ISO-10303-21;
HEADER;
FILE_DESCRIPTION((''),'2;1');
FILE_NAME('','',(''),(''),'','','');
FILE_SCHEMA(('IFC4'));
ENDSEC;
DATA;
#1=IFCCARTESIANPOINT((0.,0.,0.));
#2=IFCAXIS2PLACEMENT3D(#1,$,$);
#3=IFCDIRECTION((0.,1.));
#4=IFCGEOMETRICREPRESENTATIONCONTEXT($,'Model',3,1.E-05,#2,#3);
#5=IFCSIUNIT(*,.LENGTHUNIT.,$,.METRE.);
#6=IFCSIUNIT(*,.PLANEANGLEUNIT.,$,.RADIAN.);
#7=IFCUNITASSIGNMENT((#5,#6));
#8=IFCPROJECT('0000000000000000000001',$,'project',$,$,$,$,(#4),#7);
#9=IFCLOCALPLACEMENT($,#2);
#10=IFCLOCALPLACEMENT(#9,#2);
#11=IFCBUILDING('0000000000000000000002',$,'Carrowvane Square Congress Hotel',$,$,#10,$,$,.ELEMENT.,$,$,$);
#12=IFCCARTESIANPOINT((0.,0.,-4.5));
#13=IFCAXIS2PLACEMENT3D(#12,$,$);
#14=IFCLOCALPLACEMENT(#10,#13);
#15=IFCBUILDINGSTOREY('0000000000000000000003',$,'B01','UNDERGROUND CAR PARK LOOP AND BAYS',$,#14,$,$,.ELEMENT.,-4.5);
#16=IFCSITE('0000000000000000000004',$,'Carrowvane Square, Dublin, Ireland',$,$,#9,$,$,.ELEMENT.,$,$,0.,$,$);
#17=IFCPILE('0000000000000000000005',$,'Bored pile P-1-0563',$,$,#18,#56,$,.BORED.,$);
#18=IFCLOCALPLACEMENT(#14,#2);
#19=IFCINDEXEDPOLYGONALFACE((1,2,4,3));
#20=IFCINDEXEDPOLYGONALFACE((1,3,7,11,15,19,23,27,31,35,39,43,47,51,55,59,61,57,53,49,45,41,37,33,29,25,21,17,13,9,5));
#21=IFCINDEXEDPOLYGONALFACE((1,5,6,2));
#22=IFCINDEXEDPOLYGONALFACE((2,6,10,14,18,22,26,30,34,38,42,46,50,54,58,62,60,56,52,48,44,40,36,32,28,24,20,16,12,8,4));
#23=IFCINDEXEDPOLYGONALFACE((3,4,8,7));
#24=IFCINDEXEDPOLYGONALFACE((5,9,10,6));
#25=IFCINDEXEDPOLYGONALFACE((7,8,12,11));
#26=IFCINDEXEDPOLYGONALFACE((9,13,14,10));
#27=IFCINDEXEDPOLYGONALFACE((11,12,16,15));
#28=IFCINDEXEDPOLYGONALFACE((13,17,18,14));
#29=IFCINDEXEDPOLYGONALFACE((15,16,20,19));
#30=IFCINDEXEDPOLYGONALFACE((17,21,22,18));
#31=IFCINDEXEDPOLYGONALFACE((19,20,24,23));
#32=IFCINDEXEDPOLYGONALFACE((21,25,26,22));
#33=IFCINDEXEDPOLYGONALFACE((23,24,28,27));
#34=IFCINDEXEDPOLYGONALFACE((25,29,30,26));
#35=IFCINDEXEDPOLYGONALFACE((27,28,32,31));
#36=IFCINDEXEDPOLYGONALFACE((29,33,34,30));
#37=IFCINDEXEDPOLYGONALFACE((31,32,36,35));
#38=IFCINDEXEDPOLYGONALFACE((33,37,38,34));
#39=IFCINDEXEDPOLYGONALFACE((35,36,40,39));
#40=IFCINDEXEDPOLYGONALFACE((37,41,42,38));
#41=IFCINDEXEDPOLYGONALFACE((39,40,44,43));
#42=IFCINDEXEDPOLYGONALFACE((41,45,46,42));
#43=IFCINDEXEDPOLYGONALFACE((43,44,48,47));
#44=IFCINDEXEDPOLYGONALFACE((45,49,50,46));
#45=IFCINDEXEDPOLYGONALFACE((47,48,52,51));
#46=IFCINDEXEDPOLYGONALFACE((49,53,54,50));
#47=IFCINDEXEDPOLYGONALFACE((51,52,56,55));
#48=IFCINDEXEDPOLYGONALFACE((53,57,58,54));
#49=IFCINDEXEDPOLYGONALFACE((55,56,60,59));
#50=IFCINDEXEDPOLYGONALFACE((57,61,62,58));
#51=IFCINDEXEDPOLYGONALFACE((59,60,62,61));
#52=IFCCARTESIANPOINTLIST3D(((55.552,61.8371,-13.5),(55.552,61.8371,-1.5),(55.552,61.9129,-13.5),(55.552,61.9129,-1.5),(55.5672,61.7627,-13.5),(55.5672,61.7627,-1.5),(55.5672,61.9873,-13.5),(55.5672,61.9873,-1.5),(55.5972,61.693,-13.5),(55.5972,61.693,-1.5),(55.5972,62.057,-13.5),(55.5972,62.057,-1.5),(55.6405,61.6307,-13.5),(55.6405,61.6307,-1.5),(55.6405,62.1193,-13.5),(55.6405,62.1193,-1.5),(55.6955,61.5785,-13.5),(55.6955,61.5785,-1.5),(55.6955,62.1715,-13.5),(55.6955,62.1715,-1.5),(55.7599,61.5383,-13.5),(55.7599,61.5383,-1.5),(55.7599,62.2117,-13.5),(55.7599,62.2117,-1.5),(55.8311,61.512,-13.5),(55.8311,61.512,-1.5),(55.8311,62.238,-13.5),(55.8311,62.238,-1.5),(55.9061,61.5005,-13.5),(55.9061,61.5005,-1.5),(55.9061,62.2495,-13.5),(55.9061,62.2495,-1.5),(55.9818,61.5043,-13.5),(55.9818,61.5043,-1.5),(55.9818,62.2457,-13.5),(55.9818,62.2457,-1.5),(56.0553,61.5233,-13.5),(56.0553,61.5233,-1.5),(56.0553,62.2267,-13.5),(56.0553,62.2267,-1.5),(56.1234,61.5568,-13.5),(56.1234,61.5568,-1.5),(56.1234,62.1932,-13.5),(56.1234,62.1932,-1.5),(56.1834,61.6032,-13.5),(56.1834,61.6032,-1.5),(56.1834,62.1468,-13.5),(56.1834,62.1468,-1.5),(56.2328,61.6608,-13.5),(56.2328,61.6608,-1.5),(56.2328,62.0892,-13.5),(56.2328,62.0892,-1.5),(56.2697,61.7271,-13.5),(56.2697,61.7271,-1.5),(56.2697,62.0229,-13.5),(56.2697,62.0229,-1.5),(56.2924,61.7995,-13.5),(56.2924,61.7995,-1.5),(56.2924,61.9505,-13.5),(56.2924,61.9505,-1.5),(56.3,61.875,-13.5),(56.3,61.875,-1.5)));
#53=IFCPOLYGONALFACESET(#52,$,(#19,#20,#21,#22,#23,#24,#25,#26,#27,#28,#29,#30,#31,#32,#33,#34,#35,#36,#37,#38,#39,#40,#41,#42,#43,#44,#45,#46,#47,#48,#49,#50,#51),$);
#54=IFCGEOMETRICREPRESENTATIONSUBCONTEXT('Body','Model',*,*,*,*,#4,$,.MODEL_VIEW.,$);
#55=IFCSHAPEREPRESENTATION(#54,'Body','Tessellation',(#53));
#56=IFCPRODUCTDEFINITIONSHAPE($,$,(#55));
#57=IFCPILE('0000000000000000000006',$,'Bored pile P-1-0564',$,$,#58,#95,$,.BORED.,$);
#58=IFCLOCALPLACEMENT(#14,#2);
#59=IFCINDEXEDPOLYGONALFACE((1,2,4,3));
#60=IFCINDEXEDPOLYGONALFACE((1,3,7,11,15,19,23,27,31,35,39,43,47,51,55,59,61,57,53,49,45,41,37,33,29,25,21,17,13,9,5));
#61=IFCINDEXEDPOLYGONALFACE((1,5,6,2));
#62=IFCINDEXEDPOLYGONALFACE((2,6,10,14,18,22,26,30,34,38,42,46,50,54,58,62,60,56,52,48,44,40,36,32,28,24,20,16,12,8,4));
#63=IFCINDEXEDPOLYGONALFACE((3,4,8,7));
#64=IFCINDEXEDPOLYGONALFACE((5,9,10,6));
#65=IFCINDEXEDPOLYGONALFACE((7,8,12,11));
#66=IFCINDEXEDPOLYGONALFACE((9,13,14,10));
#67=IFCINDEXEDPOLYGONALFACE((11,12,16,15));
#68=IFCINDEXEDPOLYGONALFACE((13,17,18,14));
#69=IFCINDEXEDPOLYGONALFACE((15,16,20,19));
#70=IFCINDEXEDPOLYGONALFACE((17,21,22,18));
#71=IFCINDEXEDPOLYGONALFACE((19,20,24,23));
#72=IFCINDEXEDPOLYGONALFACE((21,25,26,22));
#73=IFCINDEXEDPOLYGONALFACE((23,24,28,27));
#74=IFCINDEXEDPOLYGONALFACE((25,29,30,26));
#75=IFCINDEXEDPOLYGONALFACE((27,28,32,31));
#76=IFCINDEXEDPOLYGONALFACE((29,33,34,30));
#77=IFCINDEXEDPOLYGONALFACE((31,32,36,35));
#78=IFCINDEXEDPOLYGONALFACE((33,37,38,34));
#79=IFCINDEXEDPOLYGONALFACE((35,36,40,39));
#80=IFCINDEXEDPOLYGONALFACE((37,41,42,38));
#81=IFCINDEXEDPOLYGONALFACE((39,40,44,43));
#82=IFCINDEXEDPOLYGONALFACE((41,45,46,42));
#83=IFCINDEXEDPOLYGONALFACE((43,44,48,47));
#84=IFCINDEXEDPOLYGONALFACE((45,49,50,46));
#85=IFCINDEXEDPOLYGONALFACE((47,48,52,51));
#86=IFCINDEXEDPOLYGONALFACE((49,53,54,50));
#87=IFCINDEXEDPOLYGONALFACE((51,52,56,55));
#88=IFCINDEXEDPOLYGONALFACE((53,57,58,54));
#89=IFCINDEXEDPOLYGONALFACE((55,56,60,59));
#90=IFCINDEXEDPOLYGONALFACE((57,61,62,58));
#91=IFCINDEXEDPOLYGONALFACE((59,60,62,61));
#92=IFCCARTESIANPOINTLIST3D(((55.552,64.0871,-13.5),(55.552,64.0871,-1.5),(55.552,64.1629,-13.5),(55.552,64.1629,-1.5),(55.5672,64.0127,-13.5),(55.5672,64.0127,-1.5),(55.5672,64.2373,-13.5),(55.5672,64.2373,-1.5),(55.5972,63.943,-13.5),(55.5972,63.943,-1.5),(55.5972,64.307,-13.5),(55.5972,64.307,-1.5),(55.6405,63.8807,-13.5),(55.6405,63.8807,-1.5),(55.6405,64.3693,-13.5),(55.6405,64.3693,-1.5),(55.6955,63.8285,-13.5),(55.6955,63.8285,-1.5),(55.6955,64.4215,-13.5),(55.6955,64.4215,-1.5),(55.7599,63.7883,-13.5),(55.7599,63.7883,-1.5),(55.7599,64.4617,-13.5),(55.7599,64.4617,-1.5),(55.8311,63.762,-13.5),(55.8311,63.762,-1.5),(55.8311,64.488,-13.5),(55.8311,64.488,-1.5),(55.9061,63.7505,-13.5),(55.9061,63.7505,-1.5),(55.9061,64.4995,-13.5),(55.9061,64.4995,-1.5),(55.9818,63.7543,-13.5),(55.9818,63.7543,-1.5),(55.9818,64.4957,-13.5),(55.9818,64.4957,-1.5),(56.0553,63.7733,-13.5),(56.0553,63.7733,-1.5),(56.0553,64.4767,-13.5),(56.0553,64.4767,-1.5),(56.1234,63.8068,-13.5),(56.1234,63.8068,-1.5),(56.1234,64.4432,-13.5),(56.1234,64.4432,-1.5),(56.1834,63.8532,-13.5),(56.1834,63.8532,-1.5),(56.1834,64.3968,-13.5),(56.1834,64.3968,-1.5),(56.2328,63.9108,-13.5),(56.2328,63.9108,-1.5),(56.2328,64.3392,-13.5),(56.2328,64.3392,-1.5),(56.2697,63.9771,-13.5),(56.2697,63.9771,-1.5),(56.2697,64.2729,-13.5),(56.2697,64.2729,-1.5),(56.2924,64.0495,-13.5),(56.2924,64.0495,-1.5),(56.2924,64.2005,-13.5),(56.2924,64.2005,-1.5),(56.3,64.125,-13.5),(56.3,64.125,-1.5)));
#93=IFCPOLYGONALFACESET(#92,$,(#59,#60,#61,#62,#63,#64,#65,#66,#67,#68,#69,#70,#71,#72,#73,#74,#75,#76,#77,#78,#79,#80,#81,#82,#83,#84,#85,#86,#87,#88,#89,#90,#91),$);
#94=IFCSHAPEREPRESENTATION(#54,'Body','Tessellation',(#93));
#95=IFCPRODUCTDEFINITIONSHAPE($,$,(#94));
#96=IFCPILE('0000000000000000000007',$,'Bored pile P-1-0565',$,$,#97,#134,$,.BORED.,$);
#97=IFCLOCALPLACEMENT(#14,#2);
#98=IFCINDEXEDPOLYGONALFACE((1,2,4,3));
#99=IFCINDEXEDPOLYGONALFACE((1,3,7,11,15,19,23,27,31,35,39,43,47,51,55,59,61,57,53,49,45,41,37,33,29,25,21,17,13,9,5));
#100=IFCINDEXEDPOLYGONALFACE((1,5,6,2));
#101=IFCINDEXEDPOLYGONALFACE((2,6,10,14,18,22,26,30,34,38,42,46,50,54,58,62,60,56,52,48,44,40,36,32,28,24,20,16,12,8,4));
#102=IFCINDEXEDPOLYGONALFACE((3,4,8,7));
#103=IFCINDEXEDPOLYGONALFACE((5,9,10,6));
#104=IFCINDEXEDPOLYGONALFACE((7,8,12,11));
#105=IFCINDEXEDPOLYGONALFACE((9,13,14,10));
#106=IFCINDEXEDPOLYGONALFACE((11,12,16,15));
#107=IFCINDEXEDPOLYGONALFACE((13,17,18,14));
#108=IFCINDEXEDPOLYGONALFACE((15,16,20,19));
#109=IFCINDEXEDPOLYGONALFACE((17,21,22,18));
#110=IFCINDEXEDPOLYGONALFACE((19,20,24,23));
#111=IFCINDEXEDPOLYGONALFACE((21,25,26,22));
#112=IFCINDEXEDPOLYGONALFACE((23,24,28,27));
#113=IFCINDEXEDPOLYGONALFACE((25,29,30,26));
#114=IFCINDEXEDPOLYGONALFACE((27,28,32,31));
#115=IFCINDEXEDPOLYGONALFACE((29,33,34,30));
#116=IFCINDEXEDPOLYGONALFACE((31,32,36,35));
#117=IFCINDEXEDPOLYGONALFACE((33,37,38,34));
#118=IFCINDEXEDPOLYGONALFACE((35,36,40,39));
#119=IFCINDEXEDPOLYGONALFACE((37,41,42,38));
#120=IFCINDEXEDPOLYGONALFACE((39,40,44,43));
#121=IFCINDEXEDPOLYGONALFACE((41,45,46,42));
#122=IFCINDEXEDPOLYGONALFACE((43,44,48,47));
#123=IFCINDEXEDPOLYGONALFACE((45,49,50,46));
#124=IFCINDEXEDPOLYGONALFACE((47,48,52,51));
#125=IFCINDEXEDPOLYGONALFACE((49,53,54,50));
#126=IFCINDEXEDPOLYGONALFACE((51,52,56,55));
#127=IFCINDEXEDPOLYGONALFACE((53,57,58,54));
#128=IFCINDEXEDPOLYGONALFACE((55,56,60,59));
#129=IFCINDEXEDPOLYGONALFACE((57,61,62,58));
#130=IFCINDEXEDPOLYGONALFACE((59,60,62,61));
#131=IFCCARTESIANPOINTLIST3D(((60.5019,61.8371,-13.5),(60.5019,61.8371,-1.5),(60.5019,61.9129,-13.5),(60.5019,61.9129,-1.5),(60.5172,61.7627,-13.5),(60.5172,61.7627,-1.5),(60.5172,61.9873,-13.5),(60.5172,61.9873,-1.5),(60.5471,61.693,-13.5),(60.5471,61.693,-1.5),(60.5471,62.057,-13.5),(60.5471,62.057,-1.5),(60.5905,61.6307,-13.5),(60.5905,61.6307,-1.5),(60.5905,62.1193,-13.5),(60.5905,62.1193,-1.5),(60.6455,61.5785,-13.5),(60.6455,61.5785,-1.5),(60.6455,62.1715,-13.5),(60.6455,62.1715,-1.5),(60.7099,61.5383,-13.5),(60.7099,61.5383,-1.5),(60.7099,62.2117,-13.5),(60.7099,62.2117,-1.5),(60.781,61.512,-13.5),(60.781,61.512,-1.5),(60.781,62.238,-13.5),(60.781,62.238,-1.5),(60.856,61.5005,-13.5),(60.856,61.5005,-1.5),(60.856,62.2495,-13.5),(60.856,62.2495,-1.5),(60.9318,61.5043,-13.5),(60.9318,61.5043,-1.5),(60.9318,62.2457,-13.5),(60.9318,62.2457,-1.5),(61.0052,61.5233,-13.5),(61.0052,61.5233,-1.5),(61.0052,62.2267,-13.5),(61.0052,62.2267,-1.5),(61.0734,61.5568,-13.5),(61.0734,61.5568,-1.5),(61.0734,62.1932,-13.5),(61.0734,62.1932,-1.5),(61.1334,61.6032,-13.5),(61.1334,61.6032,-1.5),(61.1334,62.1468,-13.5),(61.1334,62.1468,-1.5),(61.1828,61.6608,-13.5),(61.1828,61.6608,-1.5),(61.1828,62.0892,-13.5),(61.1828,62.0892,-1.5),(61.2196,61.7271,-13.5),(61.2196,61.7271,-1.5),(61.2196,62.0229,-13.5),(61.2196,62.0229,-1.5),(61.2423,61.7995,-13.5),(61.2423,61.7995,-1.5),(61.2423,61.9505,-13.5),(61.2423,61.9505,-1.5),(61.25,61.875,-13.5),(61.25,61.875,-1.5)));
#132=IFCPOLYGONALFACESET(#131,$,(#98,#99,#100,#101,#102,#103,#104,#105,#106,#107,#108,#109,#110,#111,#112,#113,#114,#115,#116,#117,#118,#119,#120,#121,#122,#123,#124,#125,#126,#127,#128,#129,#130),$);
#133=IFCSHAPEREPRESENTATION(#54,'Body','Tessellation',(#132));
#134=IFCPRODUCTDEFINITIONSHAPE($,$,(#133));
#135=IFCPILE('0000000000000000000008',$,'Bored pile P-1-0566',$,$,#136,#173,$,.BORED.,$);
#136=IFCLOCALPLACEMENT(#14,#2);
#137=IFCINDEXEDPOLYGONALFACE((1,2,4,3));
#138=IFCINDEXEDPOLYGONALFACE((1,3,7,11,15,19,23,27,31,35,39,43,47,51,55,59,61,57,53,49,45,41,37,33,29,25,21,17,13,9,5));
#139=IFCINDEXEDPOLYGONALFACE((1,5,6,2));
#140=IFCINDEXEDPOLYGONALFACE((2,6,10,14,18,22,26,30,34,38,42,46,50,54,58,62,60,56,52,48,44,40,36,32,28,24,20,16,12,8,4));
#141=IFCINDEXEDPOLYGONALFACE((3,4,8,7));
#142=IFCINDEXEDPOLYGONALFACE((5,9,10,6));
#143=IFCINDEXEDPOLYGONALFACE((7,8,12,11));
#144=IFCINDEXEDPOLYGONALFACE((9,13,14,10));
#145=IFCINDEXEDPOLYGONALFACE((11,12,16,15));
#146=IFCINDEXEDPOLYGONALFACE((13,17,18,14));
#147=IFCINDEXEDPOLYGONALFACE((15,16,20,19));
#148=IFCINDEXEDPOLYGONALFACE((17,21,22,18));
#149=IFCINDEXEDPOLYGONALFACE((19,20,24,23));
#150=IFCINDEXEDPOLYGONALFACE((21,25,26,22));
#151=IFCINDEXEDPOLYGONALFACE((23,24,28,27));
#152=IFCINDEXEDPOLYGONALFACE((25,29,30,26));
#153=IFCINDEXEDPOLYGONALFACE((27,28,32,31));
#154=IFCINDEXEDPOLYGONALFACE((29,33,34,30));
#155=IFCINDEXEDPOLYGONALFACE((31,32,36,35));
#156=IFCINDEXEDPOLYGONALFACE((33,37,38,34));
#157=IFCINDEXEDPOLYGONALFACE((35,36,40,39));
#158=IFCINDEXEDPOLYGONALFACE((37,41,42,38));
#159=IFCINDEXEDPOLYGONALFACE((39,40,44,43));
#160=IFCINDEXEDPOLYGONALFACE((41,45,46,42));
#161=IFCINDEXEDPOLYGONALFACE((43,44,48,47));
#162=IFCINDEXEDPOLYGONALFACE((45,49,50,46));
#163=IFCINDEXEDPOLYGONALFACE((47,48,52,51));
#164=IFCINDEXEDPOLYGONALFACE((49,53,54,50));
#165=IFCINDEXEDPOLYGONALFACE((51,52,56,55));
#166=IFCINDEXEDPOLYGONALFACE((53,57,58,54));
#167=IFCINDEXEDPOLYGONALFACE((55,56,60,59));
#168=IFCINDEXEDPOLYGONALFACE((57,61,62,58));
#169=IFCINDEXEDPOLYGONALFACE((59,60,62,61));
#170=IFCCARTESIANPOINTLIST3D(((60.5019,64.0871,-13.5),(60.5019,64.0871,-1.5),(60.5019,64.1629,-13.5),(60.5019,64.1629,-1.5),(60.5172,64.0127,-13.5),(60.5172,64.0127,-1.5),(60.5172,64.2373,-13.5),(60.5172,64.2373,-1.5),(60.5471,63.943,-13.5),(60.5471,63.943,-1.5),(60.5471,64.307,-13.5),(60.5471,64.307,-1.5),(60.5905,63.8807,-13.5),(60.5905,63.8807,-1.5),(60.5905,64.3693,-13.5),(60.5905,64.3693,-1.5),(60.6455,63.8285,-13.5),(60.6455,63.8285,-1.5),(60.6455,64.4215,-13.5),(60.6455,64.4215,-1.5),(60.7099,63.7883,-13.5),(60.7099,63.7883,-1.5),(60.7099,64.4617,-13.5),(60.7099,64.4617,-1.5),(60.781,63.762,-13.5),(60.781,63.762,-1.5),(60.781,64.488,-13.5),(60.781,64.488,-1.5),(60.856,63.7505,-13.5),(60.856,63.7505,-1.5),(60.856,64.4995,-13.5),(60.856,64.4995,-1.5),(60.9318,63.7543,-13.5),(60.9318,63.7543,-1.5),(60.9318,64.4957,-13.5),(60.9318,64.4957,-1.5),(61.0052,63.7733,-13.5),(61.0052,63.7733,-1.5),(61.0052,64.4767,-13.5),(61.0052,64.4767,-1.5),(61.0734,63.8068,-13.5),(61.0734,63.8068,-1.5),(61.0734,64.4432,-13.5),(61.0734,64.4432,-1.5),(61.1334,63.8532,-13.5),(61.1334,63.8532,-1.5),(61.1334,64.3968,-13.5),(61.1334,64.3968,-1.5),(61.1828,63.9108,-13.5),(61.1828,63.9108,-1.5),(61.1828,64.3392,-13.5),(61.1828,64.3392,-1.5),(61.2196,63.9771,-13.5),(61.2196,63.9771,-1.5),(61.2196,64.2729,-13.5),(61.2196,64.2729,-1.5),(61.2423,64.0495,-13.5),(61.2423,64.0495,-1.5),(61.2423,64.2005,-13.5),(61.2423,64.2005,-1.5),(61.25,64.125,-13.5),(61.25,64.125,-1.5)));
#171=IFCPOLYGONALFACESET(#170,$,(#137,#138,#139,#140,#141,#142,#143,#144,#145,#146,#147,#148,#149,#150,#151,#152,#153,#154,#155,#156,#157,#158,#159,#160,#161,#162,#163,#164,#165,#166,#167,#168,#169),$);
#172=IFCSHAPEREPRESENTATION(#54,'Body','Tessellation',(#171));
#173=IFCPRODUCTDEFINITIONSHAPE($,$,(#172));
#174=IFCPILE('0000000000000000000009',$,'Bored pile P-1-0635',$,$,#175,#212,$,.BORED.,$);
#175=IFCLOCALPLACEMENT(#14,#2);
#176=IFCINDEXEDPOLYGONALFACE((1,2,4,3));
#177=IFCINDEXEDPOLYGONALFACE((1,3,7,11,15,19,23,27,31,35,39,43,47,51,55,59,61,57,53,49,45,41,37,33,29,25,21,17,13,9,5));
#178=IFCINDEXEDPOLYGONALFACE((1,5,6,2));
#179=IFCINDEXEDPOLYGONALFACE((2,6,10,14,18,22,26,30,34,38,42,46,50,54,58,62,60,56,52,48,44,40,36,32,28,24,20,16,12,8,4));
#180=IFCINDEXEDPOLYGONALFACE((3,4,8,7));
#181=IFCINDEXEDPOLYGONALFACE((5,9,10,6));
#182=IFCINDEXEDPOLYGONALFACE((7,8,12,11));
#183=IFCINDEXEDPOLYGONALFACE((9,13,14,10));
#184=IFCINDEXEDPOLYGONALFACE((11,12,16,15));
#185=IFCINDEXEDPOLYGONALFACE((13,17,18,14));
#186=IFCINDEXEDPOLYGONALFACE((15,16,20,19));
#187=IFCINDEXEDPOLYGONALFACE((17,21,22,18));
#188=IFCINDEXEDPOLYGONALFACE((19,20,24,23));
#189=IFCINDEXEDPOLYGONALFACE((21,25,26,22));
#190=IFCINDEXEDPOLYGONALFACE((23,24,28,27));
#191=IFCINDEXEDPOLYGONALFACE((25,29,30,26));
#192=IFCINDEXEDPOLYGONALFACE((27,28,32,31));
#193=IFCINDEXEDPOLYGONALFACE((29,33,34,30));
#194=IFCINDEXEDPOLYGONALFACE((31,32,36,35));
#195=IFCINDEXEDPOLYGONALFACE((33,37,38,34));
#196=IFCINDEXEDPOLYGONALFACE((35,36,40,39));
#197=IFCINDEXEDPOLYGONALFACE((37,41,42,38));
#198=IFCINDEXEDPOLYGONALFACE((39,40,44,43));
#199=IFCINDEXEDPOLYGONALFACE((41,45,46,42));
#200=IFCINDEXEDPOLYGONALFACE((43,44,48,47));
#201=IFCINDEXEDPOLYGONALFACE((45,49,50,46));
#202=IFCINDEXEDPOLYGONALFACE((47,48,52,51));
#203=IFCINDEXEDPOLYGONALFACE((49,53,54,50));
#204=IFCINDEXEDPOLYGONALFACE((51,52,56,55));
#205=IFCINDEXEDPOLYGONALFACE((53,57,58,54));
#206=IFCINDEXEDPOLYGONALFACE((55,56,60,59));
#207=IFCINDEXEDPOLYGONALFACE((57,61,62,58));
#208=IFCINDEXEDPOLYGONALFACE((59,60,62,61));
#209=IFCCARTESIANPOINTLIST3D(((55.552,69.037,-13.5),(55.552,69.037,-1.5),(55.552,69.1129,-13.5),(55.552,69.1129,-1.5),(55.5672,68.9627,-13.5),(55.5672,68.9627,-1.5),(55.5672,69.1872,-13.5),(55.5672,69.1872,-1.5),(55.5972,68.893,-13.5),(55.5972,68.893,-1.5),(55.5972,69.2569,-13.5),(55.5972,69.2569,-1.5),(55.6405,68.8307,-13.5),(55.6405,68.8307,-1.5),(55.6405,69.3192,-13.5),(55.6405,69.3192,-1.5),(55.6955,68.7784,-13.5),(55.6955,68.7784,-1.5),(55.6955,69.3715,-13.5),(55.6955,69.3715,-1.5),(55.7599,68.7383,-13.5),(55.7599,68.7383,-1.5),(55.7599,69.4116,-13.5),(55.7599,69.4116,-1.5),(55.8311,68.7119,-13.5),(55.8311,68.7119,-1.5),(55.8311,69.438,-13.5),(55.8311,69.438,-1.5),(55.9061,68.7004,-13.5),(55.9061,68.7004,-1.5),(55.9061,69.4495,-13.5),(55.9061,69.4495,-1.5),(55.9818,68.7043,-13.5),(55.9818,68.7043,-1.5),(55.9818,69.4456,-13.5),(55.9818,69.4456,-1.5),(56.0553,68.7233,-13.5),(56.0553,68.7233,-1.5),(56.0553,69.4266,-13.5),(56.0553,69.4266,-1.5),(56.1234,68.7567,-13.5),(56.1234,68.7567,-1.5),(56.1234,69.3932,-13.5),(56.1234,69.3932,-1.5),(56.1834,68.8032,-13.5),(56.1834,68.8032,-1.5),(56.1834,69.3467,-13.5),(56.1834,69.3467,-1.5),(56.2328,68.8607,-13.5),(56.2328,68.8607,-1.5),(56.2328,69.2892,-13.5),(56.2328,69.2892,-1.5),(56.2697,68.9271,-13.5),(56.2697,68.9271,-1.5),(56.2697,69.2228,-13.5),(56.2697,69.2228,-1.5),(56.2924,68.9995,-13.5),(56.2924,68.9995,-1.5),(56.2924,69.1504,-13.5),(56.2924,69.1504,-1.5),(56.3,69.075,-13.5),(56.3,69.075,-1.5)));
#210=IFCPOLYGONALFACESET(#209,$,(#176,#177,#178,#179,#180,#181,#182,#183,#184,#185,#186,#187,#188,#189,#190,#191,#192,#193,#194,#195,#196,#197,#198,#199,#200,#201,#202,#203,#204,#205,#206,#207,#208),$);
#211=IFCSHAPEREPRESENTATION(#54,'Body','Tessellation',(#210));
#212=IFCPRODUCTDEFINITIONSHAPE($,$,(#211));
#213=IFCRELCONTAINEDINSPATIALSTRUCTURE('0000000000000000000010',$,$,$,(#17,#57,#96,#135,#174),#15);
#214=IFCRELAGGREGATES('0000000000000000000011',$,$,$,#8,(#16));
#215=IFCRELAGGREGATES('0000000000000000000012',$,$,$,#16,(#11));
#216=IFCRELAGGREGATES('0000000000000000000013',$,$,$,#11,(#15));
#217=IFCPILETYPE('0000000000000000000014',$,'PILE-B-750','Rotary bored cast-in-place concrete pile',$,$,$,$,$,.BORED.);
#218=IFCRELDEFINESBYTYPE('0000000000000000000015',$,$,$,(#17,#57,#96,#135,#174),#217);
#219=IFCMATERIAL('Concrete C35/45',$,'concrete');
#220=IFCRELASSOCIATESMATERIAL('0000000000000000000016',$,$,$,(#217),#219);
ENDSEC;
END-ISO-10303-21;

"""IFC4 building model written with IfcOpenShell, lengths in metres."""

from ifc_helpers import new_model, si_unit, direction, frame, origin, origin_2d, place, context, subcontext, project, spatial, circle, extrude, material, material_profile, profile_set, type_object, element, save


model = new_model("IFC4")

# Units and contexts
model_context = context("Model", 3, precision=1e-05, world=origin(), true_north=direction((0.0, 1.0)))
body_context = subcontext(model_context, "Body", "Model", "MODEL_VIEW")
ifc_project = project(units=[si_unit("LENGTHUNIT", "METRE"), si_unit("PLANEANGLEUNIT", "RADIAN")], contexts=[model_context])

# Site, building, storey
site_placement = place(None, origin())
site = spatial("IfcSite", under=ifc_project, at=site_placement, Name="Carrowvane Square, Dublin, Ireland", CompositionType="ELEMENT", RefElevation=0.0)
building_placement = place(site_placement, origin())
building = spatial("IfcBuilding", under=site, at=building_placement, Name="Carrowvane Square Congress Hotel", CompositionType="ELEMENT")
storey_placement = place(building_placement, frame((0.0, 0.0, -4.5)))
storey = spatial("IfcBuildingStorey", under=building, at=storey_placement, Name="B01", Description="UNDERGROUND CAR PARK LOOP AND BAYS", CompositionType="ELEMENT", Elevation=-4.5)

# Piles
ifc_material_1 = material(Name="Concrete C35/45", Category="concrete")
ifc_material_profile_1 = material_profile(ifc_material_1, circle(Radius=0.375, at=origin_2d()), Name="PILE D750")
ifc_profile_set_1 = profile_set([ifc_material_profile_1], Name="Concrete C35/45")
pile_type_1 = type_object("IfcPileType", Name="PILE-B-750", Description="Rotary bored cast-in-place concrete pile", PredefinedType="BORED", material=ifc_profile_set_1)
for number, where, z_axis, x_axis, name in (
    (1, (55.925, 61.875, -1.5), (0.0, 0.0, -1.0), (1.0, 0.0, 0.0), "Bored pile P-1-0563"),
    (2, (55.925, 64.125, -1.5), (0.0, 0.0, -1.0), (1.0, 0.0, 0.0), "Bored pile P-1-0564"),
    (3, (60.875, 61.875, -1.5), (0.0, 0.0, -1.0), (1.0, 0.0, 0.0), "Bored pile P-1-0565"),
    (4, (60.875, 64.125, -1.5), (0.0, 0.0, -1.0), (1.0, 0.0, 0.0), "Bored pile P-1-0566"),
    (5, (55.925, 69.075, -1.5), (0.0, 0.0, -1.0), (1.0, 0.0, 0.0), "Bored pile P-1-0635"),
):
    element("IfcPile", number, at=place(storey_placement, frame(where, z_axis=z_axis, x_axis=x_axis)), inside=storey, type_object=pile_type_1, Name=name, PredefinedType="BORED", context=body_context, shape_type="SweptSolid", body=[
        extrude(circle(Radius=0.375, at=origin_2d()), origin(), (0.0, 0.0, 1.0), 12.0),
    ])

save(model, "model.ifc")
